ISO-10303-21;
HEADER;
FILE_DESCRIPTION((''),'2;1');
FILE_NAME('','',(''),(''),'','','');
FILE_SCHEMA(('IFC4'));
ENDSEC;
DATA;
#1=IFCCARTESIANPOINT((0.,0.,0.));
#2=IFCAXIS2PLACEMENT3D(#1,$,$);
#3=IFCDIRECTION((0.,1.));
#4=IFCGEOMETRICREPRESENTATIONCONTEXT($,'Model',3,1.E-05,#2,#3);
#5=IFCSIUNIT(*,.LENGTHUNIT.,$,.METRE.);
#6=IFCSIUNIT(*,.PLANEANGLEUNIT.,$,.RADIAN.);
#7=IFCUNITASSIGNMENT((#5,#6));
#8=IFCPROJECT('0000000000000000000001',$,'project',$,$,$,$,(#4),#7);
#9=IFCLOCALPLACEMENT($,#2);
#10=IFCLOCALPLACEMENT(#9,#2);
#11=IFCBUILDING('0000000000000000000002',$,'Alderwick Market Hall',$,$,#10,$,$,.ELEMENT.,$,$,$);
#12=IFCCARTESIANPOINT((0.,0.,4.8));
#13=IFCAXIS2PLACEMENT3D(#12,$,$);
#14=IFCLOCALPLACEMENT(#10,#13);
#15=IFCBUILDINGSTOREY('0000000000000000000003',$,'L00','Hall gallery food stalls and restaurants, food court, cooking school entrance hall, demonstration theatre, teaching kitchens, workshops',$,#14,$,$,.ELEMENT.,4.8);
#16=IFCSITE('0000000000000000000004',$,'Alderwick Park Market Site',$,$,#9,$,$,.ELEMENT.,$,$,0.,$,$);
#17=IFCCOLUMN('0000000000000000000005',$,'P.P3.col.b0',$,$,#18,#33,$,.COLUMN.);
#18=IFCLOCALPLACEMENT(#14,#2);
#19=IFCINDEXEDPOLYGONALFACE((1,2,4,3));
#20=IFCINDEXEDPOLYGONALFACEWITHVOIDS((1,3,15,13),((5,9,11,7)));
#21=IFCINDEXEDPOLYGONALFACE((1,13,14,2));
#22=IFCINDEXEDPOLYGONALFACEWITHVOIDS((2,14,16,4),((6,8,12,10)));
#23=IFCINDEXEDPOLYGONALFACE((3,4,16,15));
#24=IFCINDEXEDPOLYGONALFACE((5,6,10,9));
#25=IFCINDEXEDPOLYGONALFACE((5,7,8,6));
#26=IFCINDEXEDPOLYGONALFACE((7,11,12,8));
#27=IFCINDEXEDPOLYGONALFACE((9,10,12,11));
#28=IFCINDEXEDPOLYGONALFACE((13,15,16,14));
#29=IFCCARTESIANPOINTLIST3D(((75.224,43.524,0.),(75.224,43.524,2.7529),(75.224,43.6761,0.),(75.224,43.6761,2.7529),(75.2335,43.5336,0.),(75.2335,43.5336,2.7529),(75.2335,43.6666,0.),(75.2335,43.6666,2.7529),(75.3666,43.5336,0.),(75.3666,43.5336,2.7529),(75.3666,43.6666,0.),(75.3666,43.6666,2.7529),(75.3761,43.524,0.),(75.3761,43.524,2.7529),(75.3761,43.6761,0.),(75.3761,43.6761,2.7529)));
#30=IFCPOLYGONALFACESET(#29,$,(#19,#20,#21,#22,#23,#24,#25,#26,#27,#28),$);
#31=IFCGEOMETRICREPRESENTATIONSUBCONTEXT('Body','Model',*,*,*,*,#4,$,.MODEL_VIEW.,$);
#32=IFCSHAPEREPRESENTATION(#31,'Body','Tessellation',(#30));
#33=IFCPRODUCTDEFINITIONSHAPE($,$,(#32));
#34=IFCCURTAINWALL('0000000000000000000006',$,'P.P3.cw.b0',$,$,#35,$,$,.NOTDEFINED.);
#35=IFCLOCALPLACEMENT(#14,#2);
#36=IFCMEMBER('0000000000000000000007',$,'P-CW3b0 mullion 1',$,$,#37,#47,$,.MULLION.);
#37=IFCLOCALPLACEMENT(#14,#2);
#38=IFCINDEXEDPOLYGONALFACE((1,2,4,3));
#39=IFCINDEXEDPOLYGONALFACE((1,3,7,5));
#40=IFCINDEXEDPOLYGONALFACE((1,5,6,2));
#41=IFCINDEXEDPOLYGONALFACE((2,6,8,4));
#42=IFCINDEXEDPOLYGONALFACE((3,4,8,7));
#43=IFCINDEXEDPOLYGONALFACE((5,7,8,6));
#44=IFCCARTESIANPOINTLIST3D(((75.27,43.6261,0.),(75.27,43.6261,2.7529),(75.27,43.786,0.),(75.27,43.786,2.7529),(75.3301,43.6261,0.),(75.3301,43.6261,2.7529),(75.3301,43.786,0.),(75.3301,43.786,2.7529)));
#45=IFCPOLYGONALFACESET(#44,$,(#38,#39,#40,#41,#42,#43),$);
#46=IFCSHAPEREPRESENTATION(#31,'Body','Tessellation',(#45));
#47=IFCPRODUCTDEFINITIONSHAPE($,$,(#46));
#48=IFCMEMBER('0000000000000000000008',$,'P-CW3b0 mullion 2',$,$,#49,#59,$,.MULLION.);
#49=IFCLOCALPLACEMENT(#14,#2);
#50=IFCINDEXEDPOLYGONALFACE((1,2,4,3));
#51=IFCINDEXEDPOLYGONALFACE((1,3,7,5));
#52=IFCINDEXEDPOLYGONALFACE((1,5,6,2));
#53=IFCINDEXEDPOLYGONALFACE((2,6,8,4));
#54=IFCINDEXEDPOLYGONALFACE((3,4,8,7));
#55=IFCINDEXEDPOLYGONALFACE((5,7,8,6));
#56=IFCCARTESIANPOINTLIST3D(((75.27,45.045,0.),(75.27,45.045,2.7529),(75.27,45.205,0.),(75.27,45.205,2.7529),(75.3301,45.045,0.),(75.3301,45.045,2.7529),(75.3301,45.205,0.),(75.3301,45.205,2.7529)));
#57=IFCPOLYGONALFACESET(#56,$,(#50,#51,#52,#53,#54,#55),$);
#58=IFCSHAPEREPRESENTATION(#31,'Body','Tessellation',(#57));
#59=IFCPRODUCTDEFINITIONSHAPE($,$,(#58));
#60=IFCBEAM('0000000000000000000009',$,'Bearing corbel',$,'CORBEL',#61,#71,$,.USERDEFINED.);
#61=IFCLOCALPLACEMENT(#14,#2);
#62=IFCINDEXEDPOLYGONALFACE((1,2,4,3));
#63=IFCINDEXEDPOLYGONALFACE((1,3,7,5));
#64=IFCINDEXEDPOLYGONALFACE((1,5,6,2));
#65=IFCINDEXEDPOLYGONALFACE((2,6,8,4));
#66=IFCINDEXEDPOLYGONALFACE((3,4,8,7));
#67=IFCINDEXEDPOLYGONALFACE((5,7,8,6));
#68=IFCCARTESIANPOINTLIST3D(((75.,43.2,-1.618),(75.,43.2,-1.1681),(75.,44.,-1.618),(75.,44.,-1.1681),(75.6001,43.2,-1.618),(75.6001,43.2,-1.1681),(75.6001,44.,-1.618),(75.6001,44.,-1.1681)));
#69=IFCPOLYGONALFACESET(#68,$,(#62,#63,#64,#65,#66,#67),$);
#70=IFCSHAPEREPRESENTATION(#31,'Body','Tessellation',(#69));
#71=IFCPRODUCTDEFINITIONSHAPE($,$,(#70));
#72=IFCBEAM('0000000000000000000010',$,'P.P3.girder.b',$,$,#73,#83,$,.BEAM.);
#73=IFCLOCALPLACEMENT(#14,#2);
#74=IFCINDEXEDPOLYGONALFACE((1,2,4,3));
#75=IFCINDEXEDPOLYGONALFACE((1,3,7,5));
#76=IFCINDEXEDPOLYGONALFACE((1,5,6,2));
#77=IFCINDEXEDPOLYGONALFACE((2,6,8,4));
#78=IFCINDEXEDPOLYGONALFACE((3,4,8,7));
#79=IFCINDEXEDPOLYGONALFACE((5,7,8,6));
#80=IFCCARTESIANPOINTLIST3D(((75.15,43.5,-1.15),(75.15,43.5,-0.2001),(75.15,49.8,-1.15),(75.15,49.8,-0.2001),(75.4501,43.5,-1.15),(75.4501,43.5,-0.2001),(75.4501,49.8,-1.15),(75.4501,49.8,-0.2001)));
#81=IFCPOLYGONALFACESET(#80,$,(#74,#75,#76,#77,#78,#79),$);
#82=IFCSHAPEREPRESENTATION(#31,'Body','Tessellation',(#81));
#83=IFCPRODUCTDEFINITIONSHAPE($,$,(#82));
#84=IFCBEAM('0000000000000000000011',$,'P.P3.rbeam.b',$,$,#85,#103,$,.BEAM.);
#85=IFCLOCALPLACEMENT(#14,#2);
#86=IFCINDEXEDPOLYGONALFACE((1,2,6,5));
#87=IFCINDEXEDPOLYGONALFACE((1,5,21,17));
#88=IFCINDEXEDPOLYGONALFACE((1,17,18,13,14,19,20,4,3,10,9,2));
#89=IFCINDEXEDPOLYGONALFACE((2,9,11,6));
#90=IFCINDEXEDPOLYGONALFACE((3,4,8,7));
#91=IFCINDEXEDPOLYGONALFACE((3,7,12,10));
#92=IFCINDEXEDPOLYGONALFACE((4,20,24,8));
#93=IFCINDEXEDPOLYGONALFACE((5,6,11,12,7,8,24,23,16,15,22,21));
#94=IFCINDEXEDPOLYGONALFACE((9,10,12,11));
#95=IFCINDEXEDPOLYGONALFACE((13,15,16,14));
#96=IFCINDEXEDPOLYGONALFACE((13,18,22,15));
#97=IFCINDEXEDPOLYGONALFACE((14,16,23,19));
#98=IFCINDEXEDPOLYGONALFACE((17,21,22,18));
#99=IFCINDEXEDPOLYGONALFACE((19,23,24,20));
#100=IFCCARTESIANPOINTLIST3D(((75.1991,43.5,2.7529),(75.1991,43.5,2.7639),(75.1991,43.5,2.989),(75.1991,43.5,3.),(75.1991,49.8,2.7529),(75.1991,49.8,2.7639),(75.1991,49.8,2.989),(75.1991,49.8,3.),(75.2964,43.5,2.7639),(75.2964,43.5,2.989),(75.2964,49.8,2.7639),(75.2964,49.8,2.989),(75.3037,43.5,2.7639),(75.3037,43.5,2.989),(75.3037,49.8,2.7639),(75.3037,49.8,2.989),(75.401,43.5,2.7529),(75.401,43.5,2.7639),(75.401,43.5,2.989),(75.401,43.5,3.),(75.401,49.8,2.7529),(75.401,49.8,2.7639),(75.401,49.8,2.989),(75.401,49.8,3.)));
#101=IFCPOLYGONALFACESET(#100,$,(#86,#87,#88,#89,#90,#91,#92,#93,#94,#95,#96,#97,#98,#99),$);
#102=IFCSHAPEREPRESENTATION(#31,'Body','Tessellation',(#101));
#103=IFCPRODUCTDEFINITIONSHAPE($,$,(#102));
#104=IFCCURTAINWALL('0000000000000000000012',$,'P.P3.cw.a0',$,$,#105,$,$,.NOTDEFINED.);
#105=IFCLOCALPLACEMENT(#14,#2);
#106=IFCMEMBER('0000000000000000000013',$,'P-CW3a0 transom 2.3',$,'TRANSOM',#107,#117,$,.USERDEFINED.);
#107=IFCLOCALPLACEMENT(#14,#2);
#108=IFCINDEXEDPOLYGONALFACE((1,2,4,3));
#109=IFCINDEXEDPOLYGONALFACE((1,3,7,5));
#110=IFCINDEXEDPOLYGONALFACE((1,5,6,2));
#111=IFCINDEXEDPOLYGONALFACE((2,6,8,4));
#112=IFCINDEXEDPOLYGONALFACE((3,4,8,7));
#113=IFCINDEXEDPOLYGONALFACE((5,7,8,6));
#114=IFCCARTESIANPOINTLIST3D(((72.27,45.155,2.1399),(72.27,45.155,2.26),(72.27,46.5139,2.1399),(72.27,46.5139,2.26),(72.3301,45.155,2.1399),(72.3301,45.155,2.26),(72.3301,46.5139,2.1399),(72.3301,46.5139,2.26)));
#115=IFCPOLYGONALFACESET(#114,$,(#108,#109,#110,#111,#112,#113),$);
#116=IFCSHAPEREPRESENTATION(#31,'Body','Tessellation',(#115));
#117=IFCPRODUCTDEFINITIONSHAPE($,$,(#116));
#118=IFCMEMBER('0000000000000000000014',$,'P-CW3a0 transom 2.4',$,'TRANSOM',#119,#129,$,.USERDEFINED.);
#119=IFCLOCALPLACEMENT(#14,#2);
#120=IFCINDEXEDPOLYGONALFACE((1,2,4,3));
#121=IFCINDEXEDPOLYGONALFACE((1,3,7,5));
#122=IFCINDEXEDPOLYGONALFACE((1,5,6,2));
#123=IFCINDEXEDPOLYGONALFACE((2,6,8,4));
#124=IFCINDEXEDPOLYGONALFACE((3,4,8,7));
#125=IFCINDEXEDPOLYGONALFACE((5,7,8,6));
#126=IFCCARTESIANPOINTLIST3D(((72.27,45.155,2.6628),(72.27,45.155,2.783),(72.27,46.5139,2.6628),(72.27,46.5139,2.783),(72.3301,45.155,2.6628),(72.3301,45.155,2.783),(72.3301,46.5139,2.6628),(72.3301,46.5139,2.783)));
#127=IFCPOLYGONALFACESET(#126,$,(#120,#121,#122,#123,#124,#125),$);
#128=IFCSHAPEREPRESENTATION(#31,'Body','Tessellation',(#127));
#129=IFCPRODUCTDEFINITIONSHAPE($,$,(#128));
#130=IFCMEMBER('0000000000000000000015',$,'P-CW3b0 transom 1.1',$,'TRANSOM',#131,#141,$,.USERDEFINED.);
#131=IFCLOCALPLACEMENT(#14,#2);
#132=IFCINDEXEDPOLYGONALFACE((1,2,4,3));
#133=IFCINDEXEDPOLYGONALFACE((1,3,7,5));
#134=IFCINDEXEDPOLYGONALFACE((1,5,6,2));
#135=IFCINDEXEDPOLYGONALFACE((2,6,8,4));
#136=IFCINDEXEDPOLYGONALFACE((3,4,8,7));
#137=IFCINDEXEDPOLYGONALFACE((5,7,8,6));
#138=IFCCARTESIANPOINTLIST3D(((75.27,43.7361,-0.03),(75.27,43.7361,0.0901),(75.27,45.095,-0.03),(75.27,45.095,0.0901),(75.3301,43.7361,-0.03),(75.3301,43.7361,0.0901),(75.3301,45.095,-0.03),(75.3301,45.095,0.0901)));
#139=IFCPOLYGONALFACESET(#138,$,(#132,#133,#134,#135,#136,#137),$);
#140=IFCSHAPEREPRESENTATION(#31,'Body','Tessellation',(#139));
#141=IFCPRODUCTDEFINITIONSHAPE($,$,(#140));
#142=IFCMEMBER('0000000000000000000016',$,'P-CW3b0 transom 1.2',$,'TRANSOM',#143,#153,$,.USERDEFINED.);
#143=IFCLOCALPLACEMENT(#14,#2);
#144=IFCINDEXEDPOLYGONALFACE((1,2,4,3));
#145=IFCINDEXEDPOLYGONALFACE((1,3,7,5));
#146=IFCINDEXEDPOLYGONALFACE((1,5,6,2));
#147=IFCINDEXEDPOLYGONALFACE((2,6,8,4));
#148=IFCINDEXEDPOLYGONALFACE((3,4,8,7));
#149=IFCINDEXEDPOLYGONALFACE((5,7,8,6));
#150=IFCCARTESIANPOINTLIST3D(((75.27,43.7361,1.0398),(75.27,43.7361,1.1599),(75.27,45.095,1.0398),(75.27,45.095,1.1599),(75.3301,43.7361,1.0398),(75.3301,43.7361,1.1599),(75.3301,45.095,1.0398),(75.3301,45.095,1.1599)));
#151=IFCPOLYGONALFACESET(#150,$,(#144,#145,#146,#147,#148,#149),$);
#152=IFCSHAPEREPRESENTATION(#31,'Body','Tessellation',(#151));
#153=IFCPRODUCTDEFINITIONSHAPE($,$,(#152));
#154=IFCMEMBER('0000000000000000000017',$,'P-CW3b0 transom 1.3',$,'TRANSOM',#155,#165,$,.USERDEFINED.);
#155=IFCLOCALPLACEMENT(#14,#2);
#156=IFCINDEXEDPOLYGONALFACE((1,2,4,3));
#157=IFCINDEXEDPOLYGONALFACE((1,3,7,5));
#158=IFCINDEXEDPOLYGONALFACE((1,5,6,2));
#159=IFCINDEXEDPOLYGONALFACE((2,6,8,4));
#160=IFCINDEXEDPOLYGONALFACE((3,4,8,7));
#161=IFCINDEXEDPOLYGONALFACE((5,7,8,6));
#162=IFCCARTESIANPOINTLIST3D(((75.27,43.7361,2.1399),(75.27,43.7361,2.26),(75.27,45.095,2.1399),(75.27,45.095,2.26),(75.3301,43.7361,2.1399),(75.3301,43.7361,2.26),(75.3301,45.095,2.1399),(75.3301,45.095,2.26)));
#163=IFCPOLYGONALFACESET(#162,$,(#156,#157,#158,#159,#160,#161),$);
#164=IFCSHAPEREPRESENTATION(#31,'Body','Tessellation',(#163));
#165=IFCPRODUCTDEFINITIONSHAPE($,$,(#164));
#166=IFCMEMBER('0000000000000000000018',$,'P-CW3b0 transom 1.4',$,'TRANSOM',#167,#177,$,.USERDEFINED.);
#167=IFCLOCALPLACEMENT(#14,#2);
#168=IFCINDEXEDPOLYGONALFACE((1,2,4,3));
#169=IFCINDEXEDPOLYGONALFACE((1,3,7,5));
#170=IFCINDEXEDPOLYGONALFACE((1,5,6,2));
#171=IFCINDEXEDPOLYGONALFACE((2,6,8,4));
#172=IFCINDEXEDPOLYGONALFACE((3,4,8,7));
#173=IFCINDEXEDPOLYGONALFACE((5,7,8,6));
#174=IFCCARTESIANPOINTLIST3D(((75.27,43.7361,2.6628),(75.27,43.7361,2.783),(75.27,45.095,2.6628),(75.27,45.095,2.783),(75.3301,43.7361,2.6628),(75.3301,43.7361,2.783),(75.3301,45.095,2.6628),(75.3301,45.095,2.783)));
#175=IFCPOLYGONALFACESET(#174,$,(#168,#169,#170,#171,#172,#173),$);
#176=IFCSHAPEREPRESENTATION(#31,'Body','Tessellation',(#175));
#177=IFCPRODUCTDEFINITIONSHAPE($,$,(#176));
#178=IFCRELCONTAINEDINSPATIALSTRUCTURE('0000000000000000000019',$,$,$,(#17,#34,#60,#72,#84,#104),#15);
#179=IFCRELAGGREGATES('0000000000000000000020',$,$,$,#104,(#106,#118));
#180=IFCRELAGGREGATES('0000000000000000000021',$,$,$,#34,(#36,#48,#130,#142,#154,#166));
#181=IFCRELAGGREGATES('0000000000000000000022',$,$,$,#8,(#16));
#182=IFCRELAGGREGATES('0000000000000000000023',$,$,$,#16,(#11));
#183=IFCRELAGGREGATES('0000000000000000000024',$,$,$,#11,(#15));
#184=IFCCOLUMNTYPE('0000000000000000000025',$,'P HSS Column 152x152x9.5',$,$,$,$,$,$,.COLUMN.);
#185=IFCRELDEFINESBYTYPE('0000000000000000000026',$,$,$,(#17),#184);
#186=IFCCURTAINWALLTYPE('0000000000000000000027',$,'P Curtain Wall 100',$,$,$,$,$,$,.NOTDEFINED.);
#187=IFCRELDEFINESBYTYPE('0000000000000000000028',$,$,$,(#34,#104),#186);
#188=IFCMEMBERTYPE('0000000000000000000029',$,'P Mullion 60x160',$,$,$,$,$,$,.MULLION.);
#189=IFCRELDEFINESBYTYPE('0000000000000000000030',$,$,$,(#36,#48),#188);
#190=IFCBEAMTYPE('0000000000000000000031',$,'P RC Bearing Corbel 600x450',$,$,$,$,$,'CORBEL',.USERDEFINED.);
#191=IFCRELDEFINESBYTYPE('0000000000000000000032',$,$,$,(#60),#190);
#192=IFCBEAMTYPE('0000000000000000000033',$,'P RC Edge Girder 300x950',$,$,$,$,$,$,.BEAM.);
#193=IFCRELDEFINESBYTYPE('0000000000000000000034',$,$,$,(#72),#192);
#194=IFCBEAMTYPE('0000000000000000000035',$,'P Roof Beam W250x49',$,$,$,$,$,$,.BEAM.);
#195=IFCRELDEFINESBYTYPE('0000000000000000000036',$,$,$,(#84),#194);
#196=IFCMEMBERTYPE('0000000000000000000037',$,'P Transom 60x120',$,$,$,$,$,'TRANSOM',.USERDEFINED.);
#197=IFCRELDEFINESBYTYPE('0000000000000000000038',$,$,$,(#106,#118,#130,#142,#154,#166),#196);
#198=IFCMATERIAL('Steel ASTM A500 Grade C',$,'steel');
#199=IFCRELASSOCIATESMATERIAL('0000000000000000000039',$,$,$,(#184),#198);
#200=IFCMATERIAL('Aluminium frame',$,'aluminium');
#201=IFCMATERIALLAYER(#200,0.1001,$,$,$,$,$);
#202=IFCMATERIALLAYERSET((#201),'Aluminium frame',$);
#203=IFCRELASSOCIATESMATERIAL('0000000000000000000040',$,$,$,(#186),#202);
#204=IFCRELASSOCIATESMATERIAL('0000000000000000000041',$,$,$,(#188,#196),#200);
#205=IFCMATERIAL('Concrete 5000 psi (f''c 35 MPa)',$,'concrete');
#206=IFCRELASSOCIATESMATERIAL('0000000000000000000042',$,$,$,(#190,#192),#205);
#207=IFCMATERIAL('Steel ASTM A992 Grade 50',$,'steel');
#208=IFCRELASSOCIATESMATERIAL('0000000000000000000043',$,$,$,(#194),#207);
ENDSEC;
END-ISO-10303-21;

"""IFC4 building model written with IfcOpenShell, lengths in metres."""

from ifc_helpers import new_model, si_unit, direction, frame, origin, origin_2d, place, context, subcontext, project, spatial, rectangle, hollow_rectangle, i_section, extrude, material, layer, layer_set, material_profile, profile_set, type_object, element, aggregate, save


model = new_model("IFC4")

# Units and contexts
model_context = context("Model", 3, precision=1e-05, world=origin(), true_north=direction((0.0, 1.0)))
body_context = subcontext(model_context, "Body", "Model", "MODEL_VIEW")
ifc_project = project(units=[si_unit("LENGTHUNIT", "METRE"), si_unit("PLANEANGLEUNIT", "RADIAN")], contexts=[model_context])

# Site, building, storey
site_placement = place(None, origin())
site = spatial("IfcSite", under=ifc_project, at=site_placement, Name="Alderwick Park Market Site", CompositionType="ELEMENT", RefElevation=0.0)
building_placement = place(site_placement, origin())
building = spatial("IfcBuilding", under=site, at=building_placement, Name="Alderwick Market Hall", CompositionType="ELEMENT")
storey_placement = place(building_placement, frame((0.0, 0.0, 4.8)))
storey = spatial("IfcBuildingStorey", under=building, at=storey_placement, Name="L00", Description="Hall gallery food stalls and restaurants, food court, cooking school entrance hall, demonstration theatre, teaching kitchens, workshops", CompositionType="ELEMENT", Elevation=4.8)

# Column
ifc_material_1 = material(Name="Steel ASTM A500 Grade C", Category="steel")
ifc_material_profile_1 = material_profile(ifc_material_1, hollow_rectangle(XDim=0.1521, YDim=0.1521, WallThickness=0.0095, at=origin_2d()), Name="HSS152x152x9.5")
ifc_profile_set_1 = profile_set([ifc_material_profile_1], Name="Steel ASTM A500 Grade C")
column_type = type_object("IfcColumnType", Name="P HSS Column 152x152x9.5", PredefinedType="COLUMN", material=ifc_profile_set_1)
column_placement = place(storey_placement, frame((75.3, 43.6001, 0.0), z_axis=(0.0, 0.0, 1.0), x_axis=(1.0, 0.0, 0.0)))
element("IfcColumn", 1, at=column_placement, inside=storey, type_object=column_type, Name="P.P3.col.b0", PredefinedType="COLUMN", context=body_context, shape_type="SweptSolid", body=[
    extrude(hollow_rectangle(XDim=0.1521, YDim=0.1521, WallThickness=0.0095, at=origin_2d()), origin(), (0.0, 0.0, 1.0), 2.7529),
])

# Curtain wall, members
ifc_material_2 = material(Name="Aluminium frame", Category="aluminium")
ifc_layer_1 = layer(ifc_material_2, 0.1001)
ifc_layer_set_1 = layer_set([ifc_layer_1], Name="Aluminium frame")
curtain_wall_type = type_object("IfcCurtainWallType", Name="P Curtain Wall 100", PredefinedType="NOTDEFINED", material=ifc_layer_set_1)
curtain_wall_1_placement = place(storey_placement, origin())
curtain_wall_1 = element("IfcCurtainWall", 2, at=curtain_wall_1_placement, inside=storey, type_object=curtain_wall_type, Name="P.P3.cw.b0", PredefinedType="NOTDEFINED")
ifc_material_profile_2 = material_profile(ifc_material_2, rectangle(XDim=0.0601, YDim=0.1599, at=origin_2d()), Name="P Mullion 60x160")
ifc_profile_set_2 = profile_set([ifc_material_profile_2], Name="Aluminium frame")
member_type_1 = type_object("IfcMemberType", Name="P Mullion 60x160", PredefinedType="MULLION", material=ifc_profile_set_2)
member_1_placement = place(storey_placement, frame((75.3, 43.7061, 0.0), z_axis=(0.0, 0.0, 1.0), x_axis=(-1.0, 0.0, 0.0)))
member_1 = element("IfcMember", 3, at=member_1_placement, type_object=member_type_1, Name="P-CW3b0 mullion 1", PredefinedType="MULLION", context=body_context, shape_type="SweptSolid", body=[
    extrude(rectangle(XDim=0.0601, YDim=0.1599, at=origin_2d()), origin(), (0.0, 0.0, 1.0), 2.7529),
])
member_2_placement = place(storey_placement, frame((75.3, 45.125, 0.0), z_axis=(0.0, 0.0, 1.0), x_axis=(-1.0, 0.0, 0.0)))
member_2 = element("IfcMember", 4, at=member_2_placement, type_object=member_type_1, Name="P-CW3b0 mullion 2", PredefinedType="MULLION", context=body_context, shape_type="SweptSolid", body=[
    extrude(rectangle(XDim=0.0601, YDim=0.1599, at=origin_2d()), origin(), (0.0, 0.0, 1.0), 2.7529),
])

# Beams
ifc_material_3 = material(Name="Concrete 5000 psi (f'c 35 MPa)", Category="concrete")
ifc_material_profile_3 = material_profile(ifc_material_3, rectangle(XDim=0.6001, YDim=0.45, at=origin_2d()), Name="P RC Bearing Corbel 600x450")
ifc_profile_set_3 = profile_set([ifc_material_profile_3], Name="Concrete 5000 psi (f'c 35 MPa)")
beam_type_1 = type_object("IfcBeamType", Name="P RC Bearing Corbel 600x450", ElementType="CORBEL", PredefinedType="USERDEFINED", material=ifc_profile_set_3)
beam_1_placement = place(storey_placement, frame((75.3, 44.0, -1.3931), z_axis=(0.0, -1.0, 0.0), x_axis=(1.0, 0.0, 0.0)))
element("IfcBeam", 5, at=beam_1_placement, inside=storey, type_object=beam_type_1, Name="Bearing corbel", ObjectType="CORBEL", PredefinedType="USERDEFINED", context=body_context, shape_type="SweptSolid", body=[
    extrude(rectangle(XDim=0.6001, YDim=0.45, at=origin_2d()), origin(), (0.0, 0.0, 1.0), 0.8),
])
ifc_material_profile_4 = material_profile(ifc_material_3, rectangle(XDim=0.3, YDim=0.95, at=origin_2d()), Name="P RC Edge Girder 300x950")
ifc_profile_set_4 = profile_set([ifc_material_profile_4], Name="Concrete 5000 psi (f'c 35 MPa)")
beam_type_2 = type_object("IfcBeamType", Name="P RC Edge Girder 300x950", PredefinedType="BEAM", material=ifc_profile_set_4)
beam_2_placement = place(storey_placement, frame((75.3, 43.5, -0.675), z_axis=(0.0, 1.0, 0.0), x_axis=(-1.0, 0.0, 0.0)))
element("IfcBeam", 6, at=beam_2_placement, inside=storey, type_object=beam_type_2, Name="P.P3.girder.b", PredefinedType="BEAM", context=body_context, shape_type="SweptSolid", body=[
    extrude(rectangle(XDim=0.3, YDim=0.95, at=origin_2d()), origin(), (0.0, 0.0, 1.0), 6.3),
])
ifc_material_4 = material(Name="Steel ASTM A992 Grade 50", Category="steel")
ifc_material_profile_5 = material_profile(ifc_material_4, i_section(OverallWidth=0.2019, OverallDepth=0.2471, WebThickness=0.0073, FlangeThickness=0.011, at=origin_2d()), Name="W250x49")
ifc_profile_set_5 = profile_set([ifc_material_profile_5], Name="Steel ASTM A992 Grade 50")
beam_type_3 = type_object("IfcBeamType", Name="P Roof Beam W250x49", PredefinedType="BEAM", material=ifc_profile_set_5)
beam_3_placement = place(storey_placement, frame((75.3, 43.5, 2.8765), z_axis=(0.0, 1.0, 0.0), x_axis=(-1.0, 0.0, 0.0)))
element("IfcBeam", 7, at=beam_3_placement, inside=storey, type_object=beam_type_3, Name="P.P3.rbeam.b", PredefinedType="BEAM", context=body_context, shape_type="SweptSolid", body=[
    extrude(i_section(OverallWidth=0.2019, OverallDepth=0.2471, WebThickness=0.0073, FlangeThickness=0.011, at=origin_2d()), origin(), (0.0, 0.0, 1.0), 6.3),
])

# Curtain wall, members
curtain_wall_2_placement = place(storey_placement, origin())
curtain_wall_2 = element("IfcCurtainWall", 8, at=curtain_wall_2_placement, inside=storey, type_object=curtain_wall_type, Name="P.P3.cw.a0", PredefinedType="NOTDEFINED")
ifc_material_profile_6 = material_profile(ifc_material_2, rectangle(XDim=0.0601, YDim=0.1201, at=origin_2d()), Name="P Transom 60x120")
ifc_profile_set_6 = profile_set([ifc_material_profile_6], Name="Aluminium frame")
member_type_2 = type_object("IfcMemberType", Name="P Transom 60x120", ElementType="TRANSOM", PredefinedType="USERDEFINED", material=ifc_profile_set_6)
member_3_placement = place(storey_placement, frame((72.3, 45.155, 2.2), z_axis=(0.0, 1.0, 0.0), x_axis=(-1.0, 0.0, 0.0)))
member_3 = element("IfcMember", 9, at=member_3_placement, type_object=member_type_2, Name="P-CW3a0 transom 2.3", ObjectType="TRANSOM", PredefinedType="USERDEFINED", context=body_context, shape_type="SweptSolid", body=[
    extrude(rectangle(XDim=0.0601, YDim=0.1201, at=origin_2d()), origin(), (0.0, 0.0, 1.0), 1.3589),
])
member_4_placement = place(storey_placement, frame((72.3, 45.155, 2.7229), z_axis=(0.0, 1.0, 0.0), x_axis=(-1.0, 0.0, 0.0)))
member_4 = element("IfcMember", 10, at=member_4_placement, type_object=member_type_2, Name="P-CW3a0 transom 2.4", ObjectType="TRANSOM", PredefinedType="USERDEFINED", context=body_context, shape_type="SweptSolid", body=[
    extrude(rectangle(XDim=0.0601, YDim=0.1201, at=origin_2d()), origin(), (0.0, 0.0, 1.0), 1.3589),
])

# Members
member_5_placement = place(storey_placement, frame((75.3, 43.7361, 0.03), z_axis=(0.0, 1.0, 0.0), x_axis=(-1.0, 0.0, 0.0)))
member_5 = element("IfcMember", 11, at=member_5_placement, type_object=member_type_2, Name="P-CW3b0 transom 1.1", ObjectType="TRANSOM", PredefinedType="USERDEFINED", context=body_context, shape_type="SweptSolid", body=[
    extrude(rectangle(XDim=0.0601, YDim=0.1201, at=origin_2d()), origin(), (0.0, 0.0, 1.0), 1.3589),
])
member_6_placement = place(storey_placement, frame((75.3, 43.7361, 1.0999), z_axis=(0.0, 1.0, 0.0), x_axis=(-1.0, 0.0, 0.0)))
member_6 = element("IfcMember", 12, at=member_6_placement, type_object=member_type_2, Name="P-CW3b0 transom 1.2", ObjectType="TRANSOM", PredefinedType="USERDEFINED", context=body_context, shape_type="SweptSolid", body=[
    extrude(rectangle(XDim=0.0601, YDim=0.1201, at=origin_2d()), origin(), (0.0, 0.0, 1.0), 1.3589),
])
member_7_placement = place(storey_placement, frame((75.3, 43.7361, 2.2), z_axis=(0.0, 1.0, 0.0), x_axis=(-1.0, 0.0, 0.0)))
member_7 = element("IfcMember", 13, at=member_7_placement, type_object=member_type_2, Name="P-CW3b0 transom 1.3", ObjectType="TRANSOM", PredefinedType="USERDEFINED", context=body_context, shape_type="SweptSolid", body=[
    extrude(rectangle(XDim=0.0601, YDim=0.1201, at=origin_2d()), origin(), (0.0, 0.0, 1.0), 1.3589),
])
member_8_placement = place(storey_placement, frame((75.3, 43.7361, 2.7229), z_axis=(0.0, 1.0, 0.0), x_axis=(-1.0, 0.0, 0.0)))
member_8 = element("IfcMember", 14, at=member_8_placement, type_object=member_type_2, Name="P-CW3b0 transom 1.4", ObjectType="TRANSOM", PredefinedType="USERDEFINED", context=body_context, shape_type="SweptSolid", body=[
    extrude(rectangle(XDim=0.0601, YDim=0.1201, at=origin_2d()), origin(), (0.0, 0.0, 1.0), 1.3589),
])

aggregate(curtain_wall_2, [member_3, member_4])
aggregate(curtain_wall_1, [member_1, member_2, member_5, member_6, member_7, member_8])

save(model, "model.ifc")
